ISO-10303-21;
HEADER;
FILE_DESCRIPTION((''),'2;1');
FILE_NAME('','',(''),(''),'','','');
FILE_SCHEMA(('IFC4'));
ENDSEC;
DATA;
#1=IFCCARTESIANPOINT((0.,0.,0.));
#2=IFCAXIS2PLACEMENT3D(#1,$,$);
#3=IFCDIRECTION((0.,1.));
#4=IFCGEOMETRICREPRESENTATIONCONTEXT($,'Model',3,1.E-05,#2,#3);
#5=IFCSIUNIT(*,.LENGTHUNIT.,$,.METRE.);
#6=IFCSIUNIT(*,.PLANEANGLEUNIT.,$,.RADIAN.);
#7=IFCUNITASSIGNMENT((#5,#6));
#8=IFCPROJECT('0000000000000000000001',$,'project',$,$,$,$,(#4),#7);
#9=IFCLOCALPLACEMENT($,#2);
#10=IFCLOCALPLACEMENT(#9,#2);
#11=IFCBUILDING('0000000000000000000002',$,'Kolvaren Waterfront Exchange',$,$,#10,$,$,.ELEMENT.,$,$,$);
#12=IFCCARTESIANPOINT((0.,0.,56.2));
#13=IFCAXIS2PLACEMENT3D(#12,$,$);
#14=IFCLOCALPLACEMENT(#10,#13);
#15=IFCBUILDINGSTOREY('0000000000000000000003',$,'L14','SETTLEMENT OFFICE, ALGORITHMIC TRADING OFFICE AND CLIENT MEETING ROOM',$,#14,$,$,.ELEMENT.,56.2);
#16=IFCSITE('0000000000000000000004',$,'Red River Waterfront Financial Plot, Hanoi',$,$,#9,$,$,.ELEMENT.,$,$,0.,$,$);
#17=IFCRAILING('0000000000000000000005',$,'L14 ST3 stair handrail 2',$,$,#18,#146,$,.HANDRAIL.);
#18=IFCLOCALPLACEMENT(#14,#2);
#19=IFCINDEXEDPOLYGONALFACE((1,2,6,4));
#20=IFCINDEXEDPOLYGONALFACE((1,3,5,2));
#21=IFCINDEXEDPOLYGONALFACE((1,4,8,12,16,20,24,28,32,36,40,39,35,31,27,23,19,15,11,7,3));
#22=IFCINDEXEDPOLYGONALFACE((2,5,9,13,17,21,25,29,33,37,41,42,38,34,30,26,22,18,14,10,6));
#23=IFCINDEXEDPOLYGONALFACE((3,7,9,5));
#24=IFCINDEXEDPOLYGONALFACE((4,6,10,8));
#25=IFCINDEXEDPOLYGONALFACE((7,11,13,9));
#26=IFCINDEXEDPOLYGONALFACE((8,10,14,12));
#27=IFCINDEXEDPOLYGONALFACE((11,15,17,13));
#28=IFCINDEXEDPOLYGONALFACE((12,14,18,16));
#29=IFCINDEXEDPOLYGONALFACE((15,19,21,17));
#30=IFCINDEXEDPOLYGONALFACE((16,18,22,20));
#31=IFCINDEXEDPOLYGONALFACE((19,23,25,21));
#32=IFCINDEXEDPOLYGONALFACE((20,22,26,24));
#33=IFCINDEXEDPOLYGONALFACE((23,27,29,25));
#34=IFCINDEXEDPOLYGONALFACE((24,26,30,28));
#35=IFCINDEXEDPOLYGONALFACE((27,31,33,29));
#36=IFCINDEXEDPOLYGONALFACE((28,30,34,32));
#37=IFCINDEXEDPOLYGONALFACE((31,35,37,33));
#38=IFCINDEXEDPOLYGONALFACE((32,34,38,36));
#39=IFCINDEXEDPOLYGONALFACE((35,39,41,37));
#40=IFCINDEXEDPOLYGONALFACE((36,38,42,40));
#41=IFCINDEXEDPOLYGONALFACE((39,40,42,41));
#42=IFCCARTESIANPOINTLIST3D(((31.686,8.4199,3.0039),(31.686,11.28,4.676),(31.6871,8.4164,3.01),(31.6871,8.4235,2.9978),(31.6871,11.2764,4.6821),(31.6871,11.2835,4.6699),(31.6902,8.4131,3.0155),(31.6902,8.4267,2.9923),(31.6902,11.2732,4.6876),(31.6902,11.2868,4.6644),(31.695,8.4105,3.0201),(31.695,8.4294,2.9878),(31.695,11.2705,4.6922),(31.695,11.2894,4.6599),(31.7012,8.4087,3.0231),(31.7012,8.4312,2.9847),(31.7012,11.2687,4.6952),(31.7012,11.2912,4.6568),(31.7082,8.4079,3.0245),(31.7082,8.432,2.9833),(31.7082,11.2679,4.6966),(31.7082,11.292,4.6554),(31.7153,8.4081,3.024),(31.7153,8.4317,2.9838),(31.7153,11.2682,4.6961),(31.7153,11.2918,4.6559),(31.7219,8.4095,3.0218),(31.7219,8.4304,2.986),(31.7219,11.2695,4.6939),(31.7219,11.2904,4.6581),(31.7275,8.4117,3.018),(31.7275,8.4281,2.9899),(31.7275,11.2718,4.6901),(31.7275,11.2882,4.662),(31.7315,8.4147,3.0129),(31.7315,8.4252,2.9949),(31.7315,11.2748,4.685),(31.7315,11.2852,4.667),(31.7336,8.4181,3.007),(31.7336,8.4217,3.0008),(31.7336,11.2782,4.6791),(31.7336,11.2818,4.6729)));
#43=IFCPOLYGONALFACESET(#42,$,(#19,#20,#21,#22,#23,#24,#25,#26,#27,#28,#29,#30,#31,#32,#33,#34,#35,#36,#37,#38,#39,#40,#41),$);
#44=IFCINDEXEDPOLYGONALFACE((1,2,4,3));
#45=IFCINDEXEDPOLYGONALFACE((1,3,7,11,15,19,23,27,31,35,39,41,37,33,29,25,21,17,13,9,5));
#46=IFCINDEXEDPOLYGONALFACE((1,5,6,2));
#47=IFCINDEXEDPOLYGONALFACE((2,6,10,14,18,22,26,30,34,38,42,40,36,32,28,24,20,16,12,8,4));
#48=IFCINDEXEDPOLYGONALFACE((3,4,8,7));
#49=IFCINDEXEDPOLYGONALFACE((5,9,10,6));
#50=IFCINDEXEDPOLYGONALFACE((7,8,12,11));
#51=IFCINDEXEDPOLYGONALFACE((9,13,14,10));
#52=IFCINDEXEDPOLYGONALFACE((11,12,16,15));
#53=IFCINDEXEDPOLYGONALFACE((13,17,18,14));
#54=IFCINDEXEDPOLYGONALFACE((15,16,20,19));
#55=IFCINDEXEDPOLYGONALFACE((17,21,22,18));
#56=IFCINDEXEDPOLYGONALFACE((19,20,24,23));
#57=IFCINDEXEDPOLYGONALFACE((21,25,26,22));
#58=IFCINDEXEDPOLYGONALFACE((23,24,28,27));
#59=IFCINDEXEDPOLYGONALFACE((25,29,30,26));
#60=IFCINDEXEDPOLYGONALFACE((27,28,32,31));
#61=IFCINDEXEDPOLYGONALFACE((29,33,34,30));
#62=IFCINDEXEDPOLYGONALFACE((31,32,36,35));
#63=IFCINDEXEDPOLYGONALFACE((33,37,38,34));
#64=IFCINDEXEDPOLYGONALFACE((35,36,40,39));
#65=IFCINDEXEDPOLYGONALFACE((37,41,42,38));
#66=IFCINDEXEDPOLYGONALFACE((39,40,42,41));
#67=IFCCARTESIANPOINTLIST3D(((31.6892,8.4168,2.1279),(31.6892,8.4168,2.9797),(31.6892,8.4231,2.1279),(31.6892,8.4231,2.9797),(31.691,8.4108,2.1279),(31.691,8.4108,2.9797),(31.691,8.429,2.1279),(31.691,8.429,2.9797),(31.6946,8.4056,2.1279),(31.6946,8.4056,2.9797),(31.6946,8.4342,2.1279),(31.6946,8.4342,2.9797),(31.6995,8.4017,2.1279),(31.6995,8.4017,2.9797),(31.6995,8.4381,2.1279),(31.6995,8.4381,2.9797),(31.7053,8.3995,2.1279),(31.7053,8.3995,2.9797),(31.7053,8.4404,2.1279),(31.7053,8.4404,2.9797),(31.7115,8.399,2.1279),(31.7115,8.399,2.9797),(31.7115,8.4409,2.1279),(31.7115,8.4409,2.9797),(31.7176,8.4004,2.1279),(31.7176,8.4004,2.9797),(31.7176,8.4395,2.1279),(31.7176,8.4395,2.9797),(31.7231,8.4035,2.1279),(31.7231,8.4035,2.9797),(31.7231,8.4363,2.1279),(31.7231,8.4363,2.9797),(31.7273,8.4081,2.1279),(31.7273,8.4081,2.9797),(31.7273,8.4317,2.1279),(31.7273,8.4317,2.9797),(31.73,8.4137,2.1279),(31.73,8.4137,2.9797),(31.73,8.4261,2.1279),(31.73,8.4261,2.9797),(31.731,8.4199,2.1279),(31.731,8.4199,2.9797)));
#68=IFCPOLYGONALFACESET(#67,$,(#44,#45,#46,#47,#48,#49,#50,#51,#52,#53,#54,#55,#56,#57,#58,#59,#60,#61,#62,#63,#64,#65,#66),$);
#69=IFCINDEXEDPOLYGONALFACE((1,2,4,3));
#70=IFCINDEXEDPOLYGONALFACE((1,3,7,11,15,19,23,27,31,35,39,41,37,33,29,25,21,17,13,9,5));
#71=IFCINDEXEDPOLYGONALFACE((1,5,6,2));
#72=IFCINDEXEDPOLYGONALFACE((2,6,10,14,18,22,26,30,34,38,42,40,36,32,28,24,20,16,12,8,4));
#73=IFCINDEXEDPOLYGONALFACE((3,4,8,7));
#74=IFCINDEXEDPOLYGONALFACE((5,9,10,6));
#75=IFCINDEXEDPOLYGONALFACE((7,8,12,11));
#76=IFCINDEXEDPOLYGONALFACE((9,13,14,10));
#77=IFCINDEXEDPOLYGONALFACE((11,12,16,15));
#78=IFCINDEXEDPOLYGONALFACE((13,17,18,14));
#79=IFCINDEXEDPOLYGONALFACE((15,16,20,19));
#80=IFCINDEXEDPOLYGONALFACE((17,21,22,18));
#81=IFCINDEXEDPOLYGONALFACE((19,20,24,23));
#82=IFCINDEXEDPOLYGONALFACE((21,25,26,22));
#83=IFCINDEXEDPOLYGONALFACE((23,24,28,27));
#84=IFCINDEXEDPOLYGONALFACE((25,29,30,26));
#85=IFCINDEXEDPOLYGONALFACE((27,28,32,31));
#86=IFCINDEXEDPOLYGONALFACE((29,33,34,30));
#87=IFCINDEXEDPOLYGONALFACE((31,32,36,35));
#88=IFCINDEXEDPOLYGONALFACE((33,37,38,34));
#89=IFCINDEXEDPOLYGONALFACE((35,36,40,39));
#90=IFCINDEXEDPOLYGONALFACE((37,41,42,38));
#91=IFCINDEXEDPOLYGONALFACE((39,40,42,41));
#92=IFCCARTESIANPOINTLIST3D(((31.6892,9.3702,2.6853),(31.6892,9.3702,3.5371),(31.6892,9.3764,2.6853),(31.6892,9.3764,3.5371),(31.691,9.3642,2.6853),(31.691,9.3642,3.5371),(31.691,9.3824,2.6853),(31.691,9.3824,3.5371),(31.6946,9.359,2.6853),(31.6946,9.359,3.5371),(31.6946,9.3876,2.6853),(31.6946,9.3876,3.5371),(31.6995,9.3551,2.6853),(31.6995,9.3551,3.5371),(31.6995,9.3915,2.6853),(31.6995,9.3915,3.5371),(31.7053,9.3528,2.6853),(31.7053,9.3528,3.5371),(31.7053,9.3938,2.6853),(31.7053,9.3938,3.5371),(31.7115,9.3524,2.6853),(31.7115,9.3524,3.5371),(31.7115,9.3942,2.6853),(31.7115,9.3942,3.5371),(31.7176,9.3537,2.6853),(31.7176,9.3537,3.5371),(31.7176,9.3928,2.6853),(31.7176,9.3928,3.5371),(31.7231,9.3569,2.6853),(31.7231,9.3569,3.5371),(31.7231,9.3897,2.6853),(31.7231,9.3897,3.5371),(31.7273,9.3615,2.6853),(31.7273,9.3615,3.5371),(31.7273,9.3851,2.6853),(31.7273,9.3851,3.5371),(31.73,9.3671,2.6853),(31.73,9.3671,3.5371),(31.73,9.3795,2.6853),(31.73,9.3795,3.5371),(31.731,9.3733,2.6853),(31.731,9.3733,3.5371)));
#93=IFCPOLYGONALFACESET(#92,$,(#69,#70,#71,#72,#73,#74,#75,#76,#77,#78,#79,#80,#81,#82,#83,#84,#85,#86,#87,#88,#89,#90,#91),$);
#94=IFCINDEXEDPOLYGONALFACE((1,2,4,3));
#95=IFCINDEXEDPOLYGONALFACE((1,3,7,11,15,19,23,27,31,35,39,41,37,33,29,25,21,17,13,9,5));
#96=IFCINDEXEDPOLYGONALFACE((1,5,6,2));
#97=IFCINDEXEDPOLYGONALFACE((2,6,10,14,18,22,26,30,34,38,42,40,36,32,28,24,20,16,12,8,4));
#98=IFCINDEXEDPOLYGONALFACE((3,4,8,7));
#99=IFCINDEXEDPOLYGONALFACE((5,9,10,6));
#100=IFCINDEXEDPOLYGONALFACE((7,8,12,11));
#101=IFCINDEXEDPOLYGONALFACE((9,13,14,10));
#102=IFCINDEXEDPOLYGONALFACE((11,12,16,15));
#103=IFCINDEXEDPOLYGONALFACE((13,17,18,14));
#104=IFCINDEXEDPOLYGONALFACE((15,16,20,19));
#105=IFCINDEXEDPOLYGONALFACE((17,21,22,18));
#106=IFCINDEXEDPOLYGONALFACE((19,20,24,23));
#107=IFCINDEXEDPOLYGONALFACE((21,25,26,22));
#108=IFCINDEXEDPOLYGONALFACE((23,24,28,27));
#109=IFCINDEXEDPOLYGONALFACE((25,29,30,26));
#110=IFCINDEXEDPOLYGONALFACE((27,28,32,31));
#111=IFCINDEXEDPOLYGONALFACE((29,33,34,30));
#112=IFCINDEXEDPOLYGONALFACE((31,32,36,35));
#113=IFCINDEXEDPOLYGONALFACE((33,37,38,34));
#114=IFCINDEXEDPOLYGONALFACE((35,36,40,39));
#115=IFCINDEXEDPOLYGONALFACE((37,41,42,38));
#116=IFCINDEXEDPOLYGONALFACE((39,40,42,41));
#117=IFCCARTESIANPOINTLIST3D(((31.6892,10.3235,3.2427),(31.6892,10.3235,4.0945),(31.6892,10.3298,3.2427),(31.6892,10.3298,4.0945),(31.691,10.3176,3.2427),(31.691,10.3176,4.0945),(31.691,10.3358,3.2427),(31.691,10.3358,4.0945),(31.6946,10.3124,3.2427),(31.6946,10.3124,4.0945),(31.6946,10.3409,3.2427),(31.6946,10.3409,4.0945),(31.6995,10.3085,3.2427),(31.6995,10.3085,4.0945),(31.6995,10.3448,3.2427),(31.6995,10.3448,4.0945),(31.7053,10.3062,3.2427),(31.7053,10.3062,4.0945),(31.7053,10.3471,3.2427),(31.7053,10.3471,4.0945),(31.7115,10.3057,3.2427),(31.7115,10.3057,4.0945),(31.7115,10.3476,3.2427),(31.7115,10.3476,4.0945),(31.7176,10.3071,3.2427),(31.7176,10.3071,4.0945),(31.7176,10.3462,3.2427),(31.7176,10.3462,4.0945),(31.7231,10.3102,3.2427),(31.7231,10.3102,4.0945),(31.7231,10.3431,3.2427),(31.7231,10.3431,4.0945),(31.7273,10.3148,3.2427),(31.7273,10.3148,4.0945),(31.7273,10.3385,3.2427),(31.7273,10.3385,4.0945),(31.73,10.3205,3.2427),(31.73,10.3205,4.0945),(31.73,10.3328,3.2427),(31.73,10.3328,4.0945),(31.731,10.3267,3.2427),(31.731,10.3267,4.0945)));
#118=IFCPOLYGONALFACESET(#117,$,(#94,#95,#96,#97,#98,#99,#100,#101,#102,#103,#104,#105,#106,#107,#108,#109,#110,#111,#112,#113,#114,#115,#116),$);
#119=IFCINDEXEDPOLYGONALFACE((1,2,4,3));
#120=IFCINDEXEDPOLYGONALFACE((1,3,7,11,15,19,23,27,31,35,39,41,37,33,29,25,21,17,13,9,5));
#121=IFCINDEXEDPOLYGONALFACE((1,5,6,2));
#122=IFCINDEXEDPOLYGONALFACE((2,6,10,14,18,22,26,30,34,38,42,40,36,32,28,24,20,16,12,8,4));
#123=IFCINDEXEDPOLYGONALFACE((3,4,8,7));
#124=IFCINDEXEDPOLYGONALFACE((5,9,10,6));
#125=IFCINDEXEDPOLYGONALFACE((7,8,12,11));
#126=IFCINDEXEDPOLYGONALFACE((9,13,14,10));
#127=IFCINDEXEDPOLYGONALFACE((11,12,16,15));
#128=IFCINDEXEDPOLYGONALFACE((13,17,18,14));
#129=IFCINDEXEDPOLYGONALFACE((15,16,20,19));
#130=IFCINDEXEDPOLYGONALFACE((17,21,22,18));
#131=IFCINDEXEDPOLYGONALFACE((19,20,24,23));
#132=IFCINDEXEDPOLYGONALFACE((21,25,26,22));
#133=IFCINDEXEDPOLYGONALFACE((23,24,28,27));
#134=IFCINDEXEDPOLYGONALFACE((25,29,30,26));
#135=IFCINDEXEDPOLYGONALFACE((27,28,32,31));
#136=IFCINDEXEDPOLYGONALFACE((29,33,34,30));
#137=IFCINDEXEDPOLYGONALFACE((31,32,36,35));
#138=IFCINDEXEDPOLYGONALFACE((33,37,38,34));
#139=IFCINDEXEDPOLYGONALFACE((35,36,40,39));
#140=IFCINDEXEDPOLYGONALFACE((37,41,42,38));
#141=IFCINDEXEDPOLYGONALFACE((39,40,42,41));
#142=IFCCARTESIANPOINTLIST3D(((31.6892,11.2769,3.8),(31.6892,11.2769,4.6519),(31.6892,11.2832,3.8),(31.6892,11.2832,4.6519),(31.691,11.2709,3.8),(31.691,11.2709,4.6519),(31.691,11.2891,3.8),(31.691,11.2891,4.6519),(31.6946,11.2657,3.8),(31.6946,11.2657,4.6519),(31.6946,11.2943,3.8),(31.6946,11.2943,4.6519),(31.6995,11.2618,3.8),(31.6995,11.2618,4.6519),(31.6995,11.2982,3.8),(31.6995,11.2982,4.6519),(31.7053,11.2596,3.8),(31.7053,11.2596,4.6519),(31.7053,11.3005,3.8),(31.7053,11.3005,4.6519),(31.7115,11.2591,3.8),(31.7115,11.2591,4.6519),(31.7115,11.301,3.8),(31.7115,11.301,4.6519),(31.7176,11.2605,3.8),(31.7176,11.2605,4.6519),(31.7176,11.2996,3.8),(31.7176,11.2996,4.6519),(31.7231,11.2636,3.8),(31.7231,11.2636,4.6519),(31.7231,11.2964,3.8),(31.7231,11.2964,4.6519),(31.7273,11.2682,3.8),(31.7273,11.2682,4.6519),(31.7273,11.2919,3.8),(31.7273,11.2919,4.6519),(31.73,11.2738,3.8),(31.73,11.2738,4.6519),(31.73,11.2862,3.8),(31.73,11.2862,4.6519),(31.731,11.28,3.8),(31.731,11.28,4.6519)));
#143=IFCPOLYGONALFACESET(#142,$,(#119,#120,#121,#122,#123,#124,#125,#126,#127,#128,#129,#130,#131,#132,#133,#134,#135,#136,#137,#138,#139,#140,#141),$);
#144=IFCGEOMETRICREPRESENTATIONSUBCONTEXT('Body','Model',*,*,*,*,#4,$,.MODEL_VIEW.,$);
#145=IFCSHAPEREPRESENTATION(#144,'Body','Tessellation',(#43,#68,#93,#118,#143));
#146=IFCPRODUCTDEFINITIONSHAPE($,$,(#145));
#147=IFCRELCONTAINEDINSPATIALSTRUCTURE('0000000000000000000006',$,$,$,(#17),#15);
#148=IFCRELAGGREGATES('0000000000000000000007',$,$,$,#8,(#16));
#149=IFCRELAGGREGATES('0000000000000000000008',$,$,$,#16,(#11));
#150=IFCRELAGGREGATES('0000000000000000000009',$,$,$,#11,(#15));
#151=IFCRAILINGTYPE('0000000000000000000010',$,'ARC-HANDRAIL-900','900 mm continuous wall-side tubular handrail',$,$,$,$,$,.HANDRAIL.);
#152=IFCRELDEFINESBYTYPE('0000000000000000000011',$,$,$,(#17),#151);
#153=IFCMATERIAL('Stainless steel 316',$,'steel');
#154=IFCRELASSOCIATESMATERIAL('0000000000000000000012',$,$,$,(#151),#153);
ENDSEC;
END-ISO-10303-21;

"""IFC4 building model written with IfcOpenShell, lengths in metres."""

from ifc_helpers import new_model, si_unit, direction, frame, origin, origin_2d, place, context, subcontext, project, spatial, circle, extrude, material, type_object, element, save


model = new_model("IFC4")

# Units and contexts
model_context = context("Model", 3, precision=1e-05, world=origin(), true_north=direction((0.0, 1.0)))
body_context = subcontext(model_context, "Body", "Model", "MODEL_VIEW")
ifc_project = project(units=[si_unit("LENGTHUNIT", "METRE"), si_unit("PLANEANGLEUNIT", "RADIAN")], contexts=[model_context])

# Site, building, storey
site_placement = place(None, origin())
site = spatial("IfcSite", under=ifc_project, at=site_placement, Name="Red River Waterfront Financial Plot, Hanoi", CompositionType="ELEMENT", RefElevation=0.0)
building_placement = place(site_placement, origin())
building = spatial("IfcBuilding", under=site, at=building_placement, Name="Kolvaren Waterfront Exchange", CompositionType="ELEMENT")
storey_placement = place(building_placement, frame((0.0, 0.0, 56.2)))
storey = spatial("IfcBuildingStorey", under=building, at=storey_placement, Name="L14", Description="SETTLEMENT OFFICE, ALGORITHMIC TRADING OFFICE AND CLIENT MEETING ROOM", CompositionType="ELEMENT", Elevation=56.2)

# Railing
ifc_material_1 = material(Name="Stainless steel 316", Category="steel")
railing_type = type_object("IfcRailingType", Name="ARC-HANDRAIL-900", Description="900 mm continuous wall-side tubular handrail", PredefinedType="HANDRAIL", material=ifc_material_1)
railing_placement = place(storey_placement, frame((31.71, 8.4199, 2.1279)))
element("IfcRailing", 1, at=railing_placement, inside=storey, type_object=railing_type, Name="L14 ST3 stair handrail 2", PredefinedType="HANDRAIL", context=body_context, shape_type="SweptSolid", body=[
    extrude(circle(Radius=0.0239, at=origin_2d()), frame((0.0, 0.0, 0.876), z_axis=(0.0, 0.863289, 0.504709), x_axis=(-1.0, 0.0, 0.0)), (0.0, 0.0, 1.0), 3.313),
    extrude(circle(Radius=0.021, at=origin_2d()), origin(), (0.0, 0.0, 1.0), 0.8518),
    extrude(circle(Radius=0.021, at=origin_2d()), frame((0.0, 0.9534, 0.5574)), (0.0, 0.0, 1.0), 0.8518),
    extrude(circle(Radius=0.021, at=origin_2d()), frame((0.0, 1.9067, 1.1147)), (0.0, 0.0, 1.0), 0.8518),
    extrude(circle(Radius=0.021, at=origin_2d()), frame((0.0, 2.8601, 1.6721)), (0.0, 0.0, 1.0), 0.8518),
])

save(model, "model.ifc")
